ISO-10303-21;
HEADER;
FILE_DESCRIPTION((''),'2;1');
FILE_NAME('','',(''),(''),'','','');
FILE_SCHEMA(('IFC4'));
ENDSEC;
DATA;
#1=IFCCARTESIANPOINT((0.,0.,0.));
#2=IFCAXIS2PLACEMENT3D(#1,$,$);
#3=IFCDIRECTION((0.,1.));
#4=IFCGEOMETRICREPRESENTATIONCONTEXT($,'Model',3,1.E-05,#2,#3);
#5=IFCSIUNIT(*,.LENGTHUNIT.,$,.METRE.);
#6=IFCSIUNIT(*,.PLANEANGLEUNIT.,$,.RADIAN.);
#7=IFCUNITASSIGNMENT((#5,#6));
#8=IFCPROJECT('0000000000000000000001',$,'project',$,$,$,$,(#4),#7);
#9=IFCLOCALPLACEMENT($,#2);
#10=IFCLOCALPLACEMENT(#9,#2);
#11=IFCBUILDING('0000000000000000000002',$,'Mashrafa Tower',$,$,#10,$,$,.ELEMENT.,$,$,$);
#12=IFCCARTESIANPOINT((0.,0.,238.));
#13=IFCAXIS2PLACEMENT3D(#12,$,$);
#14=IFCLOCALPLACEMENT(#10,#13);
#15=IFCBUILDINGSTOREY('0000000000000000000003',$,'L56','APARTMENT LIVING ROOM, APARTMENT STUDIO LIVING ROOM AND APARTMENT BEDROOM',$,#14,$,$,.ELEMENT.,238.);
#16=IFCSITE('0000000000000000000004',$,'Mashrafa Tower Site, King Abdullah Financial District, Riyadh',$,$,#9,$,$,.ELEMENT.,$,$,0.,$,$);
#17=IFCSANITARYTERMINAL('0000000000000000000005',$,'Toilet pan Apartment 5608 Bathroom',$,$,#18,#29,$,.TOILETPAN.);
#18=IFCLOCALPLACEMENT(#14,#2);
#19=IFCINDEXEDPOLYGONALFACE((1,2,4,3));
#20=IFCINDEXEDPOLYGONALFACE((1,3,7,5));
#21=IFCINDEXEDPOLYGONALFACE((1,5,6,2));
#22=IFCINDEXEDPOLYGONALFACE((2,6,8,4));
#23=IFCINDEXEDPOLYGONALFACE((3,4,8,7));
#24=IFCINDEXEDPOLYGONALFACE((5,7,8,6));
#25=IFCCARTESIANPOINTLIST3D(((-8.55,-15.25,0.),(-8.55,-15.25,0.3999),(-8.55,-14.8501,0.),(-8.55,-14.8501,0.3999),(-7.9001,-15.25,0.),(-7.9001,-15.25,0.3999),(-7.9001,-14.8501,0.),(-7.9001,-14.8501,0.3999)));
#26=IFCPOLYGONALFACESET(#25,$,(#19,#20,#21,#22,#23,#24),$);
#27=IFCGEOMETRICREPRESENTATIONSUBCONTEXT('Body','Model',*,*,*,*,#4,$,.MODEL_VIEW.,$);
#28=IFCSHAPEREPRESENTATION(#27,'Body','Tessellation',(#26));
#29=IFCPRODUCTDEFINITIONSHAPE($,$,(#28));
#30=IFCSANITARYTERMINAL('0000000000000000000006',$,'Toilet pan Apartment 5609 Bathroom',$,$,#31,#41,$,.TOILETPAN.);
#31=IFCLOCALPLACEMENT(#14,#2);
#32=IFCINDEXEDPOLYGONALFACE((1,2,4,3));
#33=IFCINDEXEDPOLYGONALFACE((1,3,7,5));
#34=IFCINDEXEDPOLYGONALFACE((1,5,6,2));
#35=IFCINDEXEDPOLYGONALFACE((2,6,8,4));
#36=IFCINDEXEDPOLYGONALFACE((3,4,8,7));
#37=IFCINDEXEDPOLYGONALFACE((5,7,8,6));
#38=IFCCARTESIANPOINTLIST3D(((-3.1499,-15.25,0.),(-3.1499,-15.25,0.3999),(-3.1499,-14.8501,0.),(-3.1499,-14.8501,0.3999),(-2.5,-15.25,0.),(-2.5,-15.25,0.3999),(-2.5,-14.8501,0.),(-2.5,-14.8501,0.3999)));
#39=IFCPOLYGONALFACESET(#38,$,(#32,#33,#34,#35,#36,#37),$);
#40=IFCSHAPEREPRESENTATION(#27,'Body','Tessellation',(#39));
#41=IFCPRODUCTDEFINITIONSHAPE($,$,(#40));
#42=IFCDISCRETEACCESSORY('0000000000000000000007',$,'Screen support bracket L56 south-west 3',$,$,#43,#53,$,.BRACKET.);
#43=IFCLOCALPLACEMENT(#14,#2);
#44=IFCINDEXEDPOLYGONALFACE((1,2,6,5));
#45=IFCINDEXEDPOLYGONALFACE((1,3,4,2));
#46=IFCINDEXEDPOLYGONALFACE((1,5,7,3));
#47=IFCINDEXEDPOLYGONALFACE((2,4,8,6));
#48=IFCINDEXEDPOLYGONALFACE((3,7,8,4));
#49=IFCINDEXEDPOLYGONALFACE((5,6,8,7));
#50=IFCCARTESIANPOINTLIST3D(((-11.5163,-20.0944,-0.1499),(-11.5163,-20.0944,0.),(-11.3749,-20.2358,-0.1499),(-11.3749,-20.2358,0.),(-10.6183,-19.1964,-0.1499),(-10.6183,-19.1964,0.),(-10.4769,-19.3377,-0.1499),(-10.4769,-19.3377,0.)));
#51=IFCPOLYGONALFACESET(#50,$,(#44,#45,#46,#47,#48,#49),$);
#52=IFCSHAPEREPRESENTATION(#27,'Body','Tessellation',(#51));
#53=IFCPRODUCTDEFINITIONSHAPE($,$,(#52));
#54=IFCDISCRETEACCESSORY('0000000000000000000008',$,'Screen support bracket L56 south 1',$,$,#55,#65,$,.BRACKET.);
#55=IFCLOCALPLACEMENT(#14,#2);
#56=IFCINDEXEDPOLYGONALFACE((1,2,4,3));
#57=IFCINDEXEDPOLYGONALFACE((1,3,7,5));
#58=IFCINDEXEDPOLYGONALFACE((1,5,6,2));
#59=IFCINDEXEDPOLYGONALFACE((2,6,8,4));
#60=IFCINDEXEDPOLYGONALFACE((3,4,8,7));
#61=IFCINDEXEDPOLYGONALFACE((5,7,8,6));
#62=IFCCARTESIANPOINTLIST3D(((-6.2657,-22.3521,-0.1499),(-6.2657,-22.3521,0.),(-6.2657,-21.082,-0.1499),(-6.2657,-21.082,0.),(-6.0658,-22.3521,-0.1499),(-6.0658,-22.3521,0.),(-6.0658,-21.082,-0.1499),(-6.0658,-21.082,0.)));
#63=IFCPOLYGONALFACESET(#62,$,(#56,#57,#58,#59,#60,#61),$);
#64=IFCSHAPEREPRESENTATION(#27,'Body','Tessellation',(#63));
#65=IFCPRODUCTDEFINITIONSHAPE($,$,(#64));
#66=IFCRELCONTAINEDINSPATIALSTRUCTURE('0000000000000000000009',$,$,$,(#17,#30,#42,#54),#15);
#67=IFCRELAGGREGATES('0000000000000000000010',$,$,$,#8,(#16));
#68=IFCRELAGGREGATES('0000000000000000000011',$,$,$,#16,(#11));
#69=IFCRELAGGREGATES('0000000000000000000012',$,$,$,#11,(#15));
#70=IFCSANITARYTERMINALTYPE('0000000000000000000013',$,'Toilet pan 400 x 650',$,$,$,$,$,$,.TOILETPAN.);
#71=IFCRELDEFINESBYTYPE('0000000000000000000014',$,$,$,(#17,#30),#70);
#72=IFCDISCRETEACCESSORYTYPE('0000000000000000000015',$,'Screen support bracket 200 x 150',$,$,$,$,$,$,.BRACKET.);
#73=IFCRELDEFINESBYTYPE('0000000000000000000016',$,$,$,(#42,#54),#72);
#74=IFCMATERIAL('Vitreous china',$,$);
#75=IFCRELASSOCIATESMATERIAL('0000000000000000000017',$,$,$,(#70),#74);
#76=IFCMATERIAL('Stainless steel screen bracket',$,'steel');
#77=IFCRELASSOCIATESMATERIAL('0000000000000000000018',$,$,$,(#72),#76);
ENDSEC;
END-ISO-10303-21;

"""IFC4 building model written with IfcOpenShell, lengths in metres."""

from ifc_helpers import new_model, si_unit, direction, frame, origin, origin_2d, place, context, subcontext, project, spatial, rectangle, extrude, source, transform, mapped, material, type_object, type_shapes, element, save


model = new_model("IFC4")

# Units and contexts
model_context = context("Model", 3, precision=1e-05, world=origin(), true_north=direction((0.0, 1.0)))
body_context = subcontext(model_context, "Body", "Model", "MODEL_VIEW")
ifc_project = project(units=[si_unit("LENGTHUNIT", "METRE"), si_unit("PLANEANGLEUNIT", "RADIAN")], contexts=[model_context])

# Site, building, storey
site_placement = place(None, origin())
site = spatial("IfcSite", under=ifc_project, at=site_placement, Name="Mashrafa Tower Site, King Abdullah Financial District, Riyadh", CompositionType="ELEMENT", RefElevation=0.0)
building_placement = place(site_placement, origin())
building = spatial("IfcBuilding", under=site, at=building_placement, Name="Mashrafa Tower", CompositionType="ELEMENT")
storey_placement = place(building_placement, frame((0.0, 0.0, 238.0)))
storey = spatial("IfcBuildingStorey", under=building, at=storey_placement, Name="L56", Description="APARTMENT LIVING ROOM, APARTMENT STUDIO LIVING ROOM AND APARTMENT BEDROOM", CompositionType="ELEMENT", Elevation=238.0)

# Sanitary terminals
ifc_material_1 = material(Name="Vitreous china")
sanitary_terminal_type = type_object("IfcSanitaryTerminalType", Name="Toilet pan 400 x 650", PredefinedType="TOILETPAN", material=ifc_material_1)
for number, where, z_axis, x_axis, name in (
    (1, (-8.2251, -15.05, 0.0), (0.0, 0.0, 1.0), (0.0, 1.0, 0.0), "Toilet pan Apartment 5608 Bathroom"),
    (2, (-2.825, -15.05, 0.0), (0.0, 0.0, 1.0), (0.0, 1.0, 0.0), "Toilet pan Apartment 5609 Bathroom"),
):
    element("IfcSanitaryTerminal", number, at=place(storey_placement, frame(where, z_axis=z_axis, x_axis=x_axis)), inside=storey, type_object=sanitary_terminal_type, Name=name, PredefinedType="TOILETPAN", context=body_context, shape_type="SweptSolid", body=[
        extrude(rectangle(XDim=0.3999, YDim=0.6499, at=origin_2d()), origin(), (0.0, 0.0, 1.0), 0.3999),
    ])

# Discrete accessories
ifc_material_2 = material(Name="Stainless steel screen bracket", Category="steel")
discrete_accessory_type = type_object("IfcDiscreteAccessoryType", Name="Screen support bracket 200 x 150", PredefinedType="BRACKET", material=ifc_material_2)
shared_shape_1 = source(origin(), body_context, "Body", "SweptSolid", [
    extrude(rectangle(XDim=0.2, YDim=1.27, at=origin_2d()), origin(), (0.0, 0.0, 1.0), 0.1499),
])
type_shapes(discrete_accessory_type, [shared_shape_1])
for number, where, z_axis, x_axis, name in (
    (3, (-10.9966, -19.7161, -0.1499), (0.0, 0.0, 1.0), (0.707107, -0.707107, 0.0), "Screen support bracket L56 south-west 3"),
    (4, (-6.1658, -21.717, -0.1499), (0.0, 0.0, 1.0), (1.0, 0.0, 0.0), "Screen support bracket L56 south 1"),
):
    element("IfcDiscreteAccessory", number, at=place(storey_placement, frame(where, z_axis=z_axis, x_axis=x_axis)), inside=storey, type_object=discrete_accessory_type, Name=name, PredefinedType="BRACKET", context=body_context, shape_type="MappedRepresentation", body=[
        mapped(shared_shape_1, transform((0.0, 0.0, 0.0))),
    ])

save(model, "model.ifc")
